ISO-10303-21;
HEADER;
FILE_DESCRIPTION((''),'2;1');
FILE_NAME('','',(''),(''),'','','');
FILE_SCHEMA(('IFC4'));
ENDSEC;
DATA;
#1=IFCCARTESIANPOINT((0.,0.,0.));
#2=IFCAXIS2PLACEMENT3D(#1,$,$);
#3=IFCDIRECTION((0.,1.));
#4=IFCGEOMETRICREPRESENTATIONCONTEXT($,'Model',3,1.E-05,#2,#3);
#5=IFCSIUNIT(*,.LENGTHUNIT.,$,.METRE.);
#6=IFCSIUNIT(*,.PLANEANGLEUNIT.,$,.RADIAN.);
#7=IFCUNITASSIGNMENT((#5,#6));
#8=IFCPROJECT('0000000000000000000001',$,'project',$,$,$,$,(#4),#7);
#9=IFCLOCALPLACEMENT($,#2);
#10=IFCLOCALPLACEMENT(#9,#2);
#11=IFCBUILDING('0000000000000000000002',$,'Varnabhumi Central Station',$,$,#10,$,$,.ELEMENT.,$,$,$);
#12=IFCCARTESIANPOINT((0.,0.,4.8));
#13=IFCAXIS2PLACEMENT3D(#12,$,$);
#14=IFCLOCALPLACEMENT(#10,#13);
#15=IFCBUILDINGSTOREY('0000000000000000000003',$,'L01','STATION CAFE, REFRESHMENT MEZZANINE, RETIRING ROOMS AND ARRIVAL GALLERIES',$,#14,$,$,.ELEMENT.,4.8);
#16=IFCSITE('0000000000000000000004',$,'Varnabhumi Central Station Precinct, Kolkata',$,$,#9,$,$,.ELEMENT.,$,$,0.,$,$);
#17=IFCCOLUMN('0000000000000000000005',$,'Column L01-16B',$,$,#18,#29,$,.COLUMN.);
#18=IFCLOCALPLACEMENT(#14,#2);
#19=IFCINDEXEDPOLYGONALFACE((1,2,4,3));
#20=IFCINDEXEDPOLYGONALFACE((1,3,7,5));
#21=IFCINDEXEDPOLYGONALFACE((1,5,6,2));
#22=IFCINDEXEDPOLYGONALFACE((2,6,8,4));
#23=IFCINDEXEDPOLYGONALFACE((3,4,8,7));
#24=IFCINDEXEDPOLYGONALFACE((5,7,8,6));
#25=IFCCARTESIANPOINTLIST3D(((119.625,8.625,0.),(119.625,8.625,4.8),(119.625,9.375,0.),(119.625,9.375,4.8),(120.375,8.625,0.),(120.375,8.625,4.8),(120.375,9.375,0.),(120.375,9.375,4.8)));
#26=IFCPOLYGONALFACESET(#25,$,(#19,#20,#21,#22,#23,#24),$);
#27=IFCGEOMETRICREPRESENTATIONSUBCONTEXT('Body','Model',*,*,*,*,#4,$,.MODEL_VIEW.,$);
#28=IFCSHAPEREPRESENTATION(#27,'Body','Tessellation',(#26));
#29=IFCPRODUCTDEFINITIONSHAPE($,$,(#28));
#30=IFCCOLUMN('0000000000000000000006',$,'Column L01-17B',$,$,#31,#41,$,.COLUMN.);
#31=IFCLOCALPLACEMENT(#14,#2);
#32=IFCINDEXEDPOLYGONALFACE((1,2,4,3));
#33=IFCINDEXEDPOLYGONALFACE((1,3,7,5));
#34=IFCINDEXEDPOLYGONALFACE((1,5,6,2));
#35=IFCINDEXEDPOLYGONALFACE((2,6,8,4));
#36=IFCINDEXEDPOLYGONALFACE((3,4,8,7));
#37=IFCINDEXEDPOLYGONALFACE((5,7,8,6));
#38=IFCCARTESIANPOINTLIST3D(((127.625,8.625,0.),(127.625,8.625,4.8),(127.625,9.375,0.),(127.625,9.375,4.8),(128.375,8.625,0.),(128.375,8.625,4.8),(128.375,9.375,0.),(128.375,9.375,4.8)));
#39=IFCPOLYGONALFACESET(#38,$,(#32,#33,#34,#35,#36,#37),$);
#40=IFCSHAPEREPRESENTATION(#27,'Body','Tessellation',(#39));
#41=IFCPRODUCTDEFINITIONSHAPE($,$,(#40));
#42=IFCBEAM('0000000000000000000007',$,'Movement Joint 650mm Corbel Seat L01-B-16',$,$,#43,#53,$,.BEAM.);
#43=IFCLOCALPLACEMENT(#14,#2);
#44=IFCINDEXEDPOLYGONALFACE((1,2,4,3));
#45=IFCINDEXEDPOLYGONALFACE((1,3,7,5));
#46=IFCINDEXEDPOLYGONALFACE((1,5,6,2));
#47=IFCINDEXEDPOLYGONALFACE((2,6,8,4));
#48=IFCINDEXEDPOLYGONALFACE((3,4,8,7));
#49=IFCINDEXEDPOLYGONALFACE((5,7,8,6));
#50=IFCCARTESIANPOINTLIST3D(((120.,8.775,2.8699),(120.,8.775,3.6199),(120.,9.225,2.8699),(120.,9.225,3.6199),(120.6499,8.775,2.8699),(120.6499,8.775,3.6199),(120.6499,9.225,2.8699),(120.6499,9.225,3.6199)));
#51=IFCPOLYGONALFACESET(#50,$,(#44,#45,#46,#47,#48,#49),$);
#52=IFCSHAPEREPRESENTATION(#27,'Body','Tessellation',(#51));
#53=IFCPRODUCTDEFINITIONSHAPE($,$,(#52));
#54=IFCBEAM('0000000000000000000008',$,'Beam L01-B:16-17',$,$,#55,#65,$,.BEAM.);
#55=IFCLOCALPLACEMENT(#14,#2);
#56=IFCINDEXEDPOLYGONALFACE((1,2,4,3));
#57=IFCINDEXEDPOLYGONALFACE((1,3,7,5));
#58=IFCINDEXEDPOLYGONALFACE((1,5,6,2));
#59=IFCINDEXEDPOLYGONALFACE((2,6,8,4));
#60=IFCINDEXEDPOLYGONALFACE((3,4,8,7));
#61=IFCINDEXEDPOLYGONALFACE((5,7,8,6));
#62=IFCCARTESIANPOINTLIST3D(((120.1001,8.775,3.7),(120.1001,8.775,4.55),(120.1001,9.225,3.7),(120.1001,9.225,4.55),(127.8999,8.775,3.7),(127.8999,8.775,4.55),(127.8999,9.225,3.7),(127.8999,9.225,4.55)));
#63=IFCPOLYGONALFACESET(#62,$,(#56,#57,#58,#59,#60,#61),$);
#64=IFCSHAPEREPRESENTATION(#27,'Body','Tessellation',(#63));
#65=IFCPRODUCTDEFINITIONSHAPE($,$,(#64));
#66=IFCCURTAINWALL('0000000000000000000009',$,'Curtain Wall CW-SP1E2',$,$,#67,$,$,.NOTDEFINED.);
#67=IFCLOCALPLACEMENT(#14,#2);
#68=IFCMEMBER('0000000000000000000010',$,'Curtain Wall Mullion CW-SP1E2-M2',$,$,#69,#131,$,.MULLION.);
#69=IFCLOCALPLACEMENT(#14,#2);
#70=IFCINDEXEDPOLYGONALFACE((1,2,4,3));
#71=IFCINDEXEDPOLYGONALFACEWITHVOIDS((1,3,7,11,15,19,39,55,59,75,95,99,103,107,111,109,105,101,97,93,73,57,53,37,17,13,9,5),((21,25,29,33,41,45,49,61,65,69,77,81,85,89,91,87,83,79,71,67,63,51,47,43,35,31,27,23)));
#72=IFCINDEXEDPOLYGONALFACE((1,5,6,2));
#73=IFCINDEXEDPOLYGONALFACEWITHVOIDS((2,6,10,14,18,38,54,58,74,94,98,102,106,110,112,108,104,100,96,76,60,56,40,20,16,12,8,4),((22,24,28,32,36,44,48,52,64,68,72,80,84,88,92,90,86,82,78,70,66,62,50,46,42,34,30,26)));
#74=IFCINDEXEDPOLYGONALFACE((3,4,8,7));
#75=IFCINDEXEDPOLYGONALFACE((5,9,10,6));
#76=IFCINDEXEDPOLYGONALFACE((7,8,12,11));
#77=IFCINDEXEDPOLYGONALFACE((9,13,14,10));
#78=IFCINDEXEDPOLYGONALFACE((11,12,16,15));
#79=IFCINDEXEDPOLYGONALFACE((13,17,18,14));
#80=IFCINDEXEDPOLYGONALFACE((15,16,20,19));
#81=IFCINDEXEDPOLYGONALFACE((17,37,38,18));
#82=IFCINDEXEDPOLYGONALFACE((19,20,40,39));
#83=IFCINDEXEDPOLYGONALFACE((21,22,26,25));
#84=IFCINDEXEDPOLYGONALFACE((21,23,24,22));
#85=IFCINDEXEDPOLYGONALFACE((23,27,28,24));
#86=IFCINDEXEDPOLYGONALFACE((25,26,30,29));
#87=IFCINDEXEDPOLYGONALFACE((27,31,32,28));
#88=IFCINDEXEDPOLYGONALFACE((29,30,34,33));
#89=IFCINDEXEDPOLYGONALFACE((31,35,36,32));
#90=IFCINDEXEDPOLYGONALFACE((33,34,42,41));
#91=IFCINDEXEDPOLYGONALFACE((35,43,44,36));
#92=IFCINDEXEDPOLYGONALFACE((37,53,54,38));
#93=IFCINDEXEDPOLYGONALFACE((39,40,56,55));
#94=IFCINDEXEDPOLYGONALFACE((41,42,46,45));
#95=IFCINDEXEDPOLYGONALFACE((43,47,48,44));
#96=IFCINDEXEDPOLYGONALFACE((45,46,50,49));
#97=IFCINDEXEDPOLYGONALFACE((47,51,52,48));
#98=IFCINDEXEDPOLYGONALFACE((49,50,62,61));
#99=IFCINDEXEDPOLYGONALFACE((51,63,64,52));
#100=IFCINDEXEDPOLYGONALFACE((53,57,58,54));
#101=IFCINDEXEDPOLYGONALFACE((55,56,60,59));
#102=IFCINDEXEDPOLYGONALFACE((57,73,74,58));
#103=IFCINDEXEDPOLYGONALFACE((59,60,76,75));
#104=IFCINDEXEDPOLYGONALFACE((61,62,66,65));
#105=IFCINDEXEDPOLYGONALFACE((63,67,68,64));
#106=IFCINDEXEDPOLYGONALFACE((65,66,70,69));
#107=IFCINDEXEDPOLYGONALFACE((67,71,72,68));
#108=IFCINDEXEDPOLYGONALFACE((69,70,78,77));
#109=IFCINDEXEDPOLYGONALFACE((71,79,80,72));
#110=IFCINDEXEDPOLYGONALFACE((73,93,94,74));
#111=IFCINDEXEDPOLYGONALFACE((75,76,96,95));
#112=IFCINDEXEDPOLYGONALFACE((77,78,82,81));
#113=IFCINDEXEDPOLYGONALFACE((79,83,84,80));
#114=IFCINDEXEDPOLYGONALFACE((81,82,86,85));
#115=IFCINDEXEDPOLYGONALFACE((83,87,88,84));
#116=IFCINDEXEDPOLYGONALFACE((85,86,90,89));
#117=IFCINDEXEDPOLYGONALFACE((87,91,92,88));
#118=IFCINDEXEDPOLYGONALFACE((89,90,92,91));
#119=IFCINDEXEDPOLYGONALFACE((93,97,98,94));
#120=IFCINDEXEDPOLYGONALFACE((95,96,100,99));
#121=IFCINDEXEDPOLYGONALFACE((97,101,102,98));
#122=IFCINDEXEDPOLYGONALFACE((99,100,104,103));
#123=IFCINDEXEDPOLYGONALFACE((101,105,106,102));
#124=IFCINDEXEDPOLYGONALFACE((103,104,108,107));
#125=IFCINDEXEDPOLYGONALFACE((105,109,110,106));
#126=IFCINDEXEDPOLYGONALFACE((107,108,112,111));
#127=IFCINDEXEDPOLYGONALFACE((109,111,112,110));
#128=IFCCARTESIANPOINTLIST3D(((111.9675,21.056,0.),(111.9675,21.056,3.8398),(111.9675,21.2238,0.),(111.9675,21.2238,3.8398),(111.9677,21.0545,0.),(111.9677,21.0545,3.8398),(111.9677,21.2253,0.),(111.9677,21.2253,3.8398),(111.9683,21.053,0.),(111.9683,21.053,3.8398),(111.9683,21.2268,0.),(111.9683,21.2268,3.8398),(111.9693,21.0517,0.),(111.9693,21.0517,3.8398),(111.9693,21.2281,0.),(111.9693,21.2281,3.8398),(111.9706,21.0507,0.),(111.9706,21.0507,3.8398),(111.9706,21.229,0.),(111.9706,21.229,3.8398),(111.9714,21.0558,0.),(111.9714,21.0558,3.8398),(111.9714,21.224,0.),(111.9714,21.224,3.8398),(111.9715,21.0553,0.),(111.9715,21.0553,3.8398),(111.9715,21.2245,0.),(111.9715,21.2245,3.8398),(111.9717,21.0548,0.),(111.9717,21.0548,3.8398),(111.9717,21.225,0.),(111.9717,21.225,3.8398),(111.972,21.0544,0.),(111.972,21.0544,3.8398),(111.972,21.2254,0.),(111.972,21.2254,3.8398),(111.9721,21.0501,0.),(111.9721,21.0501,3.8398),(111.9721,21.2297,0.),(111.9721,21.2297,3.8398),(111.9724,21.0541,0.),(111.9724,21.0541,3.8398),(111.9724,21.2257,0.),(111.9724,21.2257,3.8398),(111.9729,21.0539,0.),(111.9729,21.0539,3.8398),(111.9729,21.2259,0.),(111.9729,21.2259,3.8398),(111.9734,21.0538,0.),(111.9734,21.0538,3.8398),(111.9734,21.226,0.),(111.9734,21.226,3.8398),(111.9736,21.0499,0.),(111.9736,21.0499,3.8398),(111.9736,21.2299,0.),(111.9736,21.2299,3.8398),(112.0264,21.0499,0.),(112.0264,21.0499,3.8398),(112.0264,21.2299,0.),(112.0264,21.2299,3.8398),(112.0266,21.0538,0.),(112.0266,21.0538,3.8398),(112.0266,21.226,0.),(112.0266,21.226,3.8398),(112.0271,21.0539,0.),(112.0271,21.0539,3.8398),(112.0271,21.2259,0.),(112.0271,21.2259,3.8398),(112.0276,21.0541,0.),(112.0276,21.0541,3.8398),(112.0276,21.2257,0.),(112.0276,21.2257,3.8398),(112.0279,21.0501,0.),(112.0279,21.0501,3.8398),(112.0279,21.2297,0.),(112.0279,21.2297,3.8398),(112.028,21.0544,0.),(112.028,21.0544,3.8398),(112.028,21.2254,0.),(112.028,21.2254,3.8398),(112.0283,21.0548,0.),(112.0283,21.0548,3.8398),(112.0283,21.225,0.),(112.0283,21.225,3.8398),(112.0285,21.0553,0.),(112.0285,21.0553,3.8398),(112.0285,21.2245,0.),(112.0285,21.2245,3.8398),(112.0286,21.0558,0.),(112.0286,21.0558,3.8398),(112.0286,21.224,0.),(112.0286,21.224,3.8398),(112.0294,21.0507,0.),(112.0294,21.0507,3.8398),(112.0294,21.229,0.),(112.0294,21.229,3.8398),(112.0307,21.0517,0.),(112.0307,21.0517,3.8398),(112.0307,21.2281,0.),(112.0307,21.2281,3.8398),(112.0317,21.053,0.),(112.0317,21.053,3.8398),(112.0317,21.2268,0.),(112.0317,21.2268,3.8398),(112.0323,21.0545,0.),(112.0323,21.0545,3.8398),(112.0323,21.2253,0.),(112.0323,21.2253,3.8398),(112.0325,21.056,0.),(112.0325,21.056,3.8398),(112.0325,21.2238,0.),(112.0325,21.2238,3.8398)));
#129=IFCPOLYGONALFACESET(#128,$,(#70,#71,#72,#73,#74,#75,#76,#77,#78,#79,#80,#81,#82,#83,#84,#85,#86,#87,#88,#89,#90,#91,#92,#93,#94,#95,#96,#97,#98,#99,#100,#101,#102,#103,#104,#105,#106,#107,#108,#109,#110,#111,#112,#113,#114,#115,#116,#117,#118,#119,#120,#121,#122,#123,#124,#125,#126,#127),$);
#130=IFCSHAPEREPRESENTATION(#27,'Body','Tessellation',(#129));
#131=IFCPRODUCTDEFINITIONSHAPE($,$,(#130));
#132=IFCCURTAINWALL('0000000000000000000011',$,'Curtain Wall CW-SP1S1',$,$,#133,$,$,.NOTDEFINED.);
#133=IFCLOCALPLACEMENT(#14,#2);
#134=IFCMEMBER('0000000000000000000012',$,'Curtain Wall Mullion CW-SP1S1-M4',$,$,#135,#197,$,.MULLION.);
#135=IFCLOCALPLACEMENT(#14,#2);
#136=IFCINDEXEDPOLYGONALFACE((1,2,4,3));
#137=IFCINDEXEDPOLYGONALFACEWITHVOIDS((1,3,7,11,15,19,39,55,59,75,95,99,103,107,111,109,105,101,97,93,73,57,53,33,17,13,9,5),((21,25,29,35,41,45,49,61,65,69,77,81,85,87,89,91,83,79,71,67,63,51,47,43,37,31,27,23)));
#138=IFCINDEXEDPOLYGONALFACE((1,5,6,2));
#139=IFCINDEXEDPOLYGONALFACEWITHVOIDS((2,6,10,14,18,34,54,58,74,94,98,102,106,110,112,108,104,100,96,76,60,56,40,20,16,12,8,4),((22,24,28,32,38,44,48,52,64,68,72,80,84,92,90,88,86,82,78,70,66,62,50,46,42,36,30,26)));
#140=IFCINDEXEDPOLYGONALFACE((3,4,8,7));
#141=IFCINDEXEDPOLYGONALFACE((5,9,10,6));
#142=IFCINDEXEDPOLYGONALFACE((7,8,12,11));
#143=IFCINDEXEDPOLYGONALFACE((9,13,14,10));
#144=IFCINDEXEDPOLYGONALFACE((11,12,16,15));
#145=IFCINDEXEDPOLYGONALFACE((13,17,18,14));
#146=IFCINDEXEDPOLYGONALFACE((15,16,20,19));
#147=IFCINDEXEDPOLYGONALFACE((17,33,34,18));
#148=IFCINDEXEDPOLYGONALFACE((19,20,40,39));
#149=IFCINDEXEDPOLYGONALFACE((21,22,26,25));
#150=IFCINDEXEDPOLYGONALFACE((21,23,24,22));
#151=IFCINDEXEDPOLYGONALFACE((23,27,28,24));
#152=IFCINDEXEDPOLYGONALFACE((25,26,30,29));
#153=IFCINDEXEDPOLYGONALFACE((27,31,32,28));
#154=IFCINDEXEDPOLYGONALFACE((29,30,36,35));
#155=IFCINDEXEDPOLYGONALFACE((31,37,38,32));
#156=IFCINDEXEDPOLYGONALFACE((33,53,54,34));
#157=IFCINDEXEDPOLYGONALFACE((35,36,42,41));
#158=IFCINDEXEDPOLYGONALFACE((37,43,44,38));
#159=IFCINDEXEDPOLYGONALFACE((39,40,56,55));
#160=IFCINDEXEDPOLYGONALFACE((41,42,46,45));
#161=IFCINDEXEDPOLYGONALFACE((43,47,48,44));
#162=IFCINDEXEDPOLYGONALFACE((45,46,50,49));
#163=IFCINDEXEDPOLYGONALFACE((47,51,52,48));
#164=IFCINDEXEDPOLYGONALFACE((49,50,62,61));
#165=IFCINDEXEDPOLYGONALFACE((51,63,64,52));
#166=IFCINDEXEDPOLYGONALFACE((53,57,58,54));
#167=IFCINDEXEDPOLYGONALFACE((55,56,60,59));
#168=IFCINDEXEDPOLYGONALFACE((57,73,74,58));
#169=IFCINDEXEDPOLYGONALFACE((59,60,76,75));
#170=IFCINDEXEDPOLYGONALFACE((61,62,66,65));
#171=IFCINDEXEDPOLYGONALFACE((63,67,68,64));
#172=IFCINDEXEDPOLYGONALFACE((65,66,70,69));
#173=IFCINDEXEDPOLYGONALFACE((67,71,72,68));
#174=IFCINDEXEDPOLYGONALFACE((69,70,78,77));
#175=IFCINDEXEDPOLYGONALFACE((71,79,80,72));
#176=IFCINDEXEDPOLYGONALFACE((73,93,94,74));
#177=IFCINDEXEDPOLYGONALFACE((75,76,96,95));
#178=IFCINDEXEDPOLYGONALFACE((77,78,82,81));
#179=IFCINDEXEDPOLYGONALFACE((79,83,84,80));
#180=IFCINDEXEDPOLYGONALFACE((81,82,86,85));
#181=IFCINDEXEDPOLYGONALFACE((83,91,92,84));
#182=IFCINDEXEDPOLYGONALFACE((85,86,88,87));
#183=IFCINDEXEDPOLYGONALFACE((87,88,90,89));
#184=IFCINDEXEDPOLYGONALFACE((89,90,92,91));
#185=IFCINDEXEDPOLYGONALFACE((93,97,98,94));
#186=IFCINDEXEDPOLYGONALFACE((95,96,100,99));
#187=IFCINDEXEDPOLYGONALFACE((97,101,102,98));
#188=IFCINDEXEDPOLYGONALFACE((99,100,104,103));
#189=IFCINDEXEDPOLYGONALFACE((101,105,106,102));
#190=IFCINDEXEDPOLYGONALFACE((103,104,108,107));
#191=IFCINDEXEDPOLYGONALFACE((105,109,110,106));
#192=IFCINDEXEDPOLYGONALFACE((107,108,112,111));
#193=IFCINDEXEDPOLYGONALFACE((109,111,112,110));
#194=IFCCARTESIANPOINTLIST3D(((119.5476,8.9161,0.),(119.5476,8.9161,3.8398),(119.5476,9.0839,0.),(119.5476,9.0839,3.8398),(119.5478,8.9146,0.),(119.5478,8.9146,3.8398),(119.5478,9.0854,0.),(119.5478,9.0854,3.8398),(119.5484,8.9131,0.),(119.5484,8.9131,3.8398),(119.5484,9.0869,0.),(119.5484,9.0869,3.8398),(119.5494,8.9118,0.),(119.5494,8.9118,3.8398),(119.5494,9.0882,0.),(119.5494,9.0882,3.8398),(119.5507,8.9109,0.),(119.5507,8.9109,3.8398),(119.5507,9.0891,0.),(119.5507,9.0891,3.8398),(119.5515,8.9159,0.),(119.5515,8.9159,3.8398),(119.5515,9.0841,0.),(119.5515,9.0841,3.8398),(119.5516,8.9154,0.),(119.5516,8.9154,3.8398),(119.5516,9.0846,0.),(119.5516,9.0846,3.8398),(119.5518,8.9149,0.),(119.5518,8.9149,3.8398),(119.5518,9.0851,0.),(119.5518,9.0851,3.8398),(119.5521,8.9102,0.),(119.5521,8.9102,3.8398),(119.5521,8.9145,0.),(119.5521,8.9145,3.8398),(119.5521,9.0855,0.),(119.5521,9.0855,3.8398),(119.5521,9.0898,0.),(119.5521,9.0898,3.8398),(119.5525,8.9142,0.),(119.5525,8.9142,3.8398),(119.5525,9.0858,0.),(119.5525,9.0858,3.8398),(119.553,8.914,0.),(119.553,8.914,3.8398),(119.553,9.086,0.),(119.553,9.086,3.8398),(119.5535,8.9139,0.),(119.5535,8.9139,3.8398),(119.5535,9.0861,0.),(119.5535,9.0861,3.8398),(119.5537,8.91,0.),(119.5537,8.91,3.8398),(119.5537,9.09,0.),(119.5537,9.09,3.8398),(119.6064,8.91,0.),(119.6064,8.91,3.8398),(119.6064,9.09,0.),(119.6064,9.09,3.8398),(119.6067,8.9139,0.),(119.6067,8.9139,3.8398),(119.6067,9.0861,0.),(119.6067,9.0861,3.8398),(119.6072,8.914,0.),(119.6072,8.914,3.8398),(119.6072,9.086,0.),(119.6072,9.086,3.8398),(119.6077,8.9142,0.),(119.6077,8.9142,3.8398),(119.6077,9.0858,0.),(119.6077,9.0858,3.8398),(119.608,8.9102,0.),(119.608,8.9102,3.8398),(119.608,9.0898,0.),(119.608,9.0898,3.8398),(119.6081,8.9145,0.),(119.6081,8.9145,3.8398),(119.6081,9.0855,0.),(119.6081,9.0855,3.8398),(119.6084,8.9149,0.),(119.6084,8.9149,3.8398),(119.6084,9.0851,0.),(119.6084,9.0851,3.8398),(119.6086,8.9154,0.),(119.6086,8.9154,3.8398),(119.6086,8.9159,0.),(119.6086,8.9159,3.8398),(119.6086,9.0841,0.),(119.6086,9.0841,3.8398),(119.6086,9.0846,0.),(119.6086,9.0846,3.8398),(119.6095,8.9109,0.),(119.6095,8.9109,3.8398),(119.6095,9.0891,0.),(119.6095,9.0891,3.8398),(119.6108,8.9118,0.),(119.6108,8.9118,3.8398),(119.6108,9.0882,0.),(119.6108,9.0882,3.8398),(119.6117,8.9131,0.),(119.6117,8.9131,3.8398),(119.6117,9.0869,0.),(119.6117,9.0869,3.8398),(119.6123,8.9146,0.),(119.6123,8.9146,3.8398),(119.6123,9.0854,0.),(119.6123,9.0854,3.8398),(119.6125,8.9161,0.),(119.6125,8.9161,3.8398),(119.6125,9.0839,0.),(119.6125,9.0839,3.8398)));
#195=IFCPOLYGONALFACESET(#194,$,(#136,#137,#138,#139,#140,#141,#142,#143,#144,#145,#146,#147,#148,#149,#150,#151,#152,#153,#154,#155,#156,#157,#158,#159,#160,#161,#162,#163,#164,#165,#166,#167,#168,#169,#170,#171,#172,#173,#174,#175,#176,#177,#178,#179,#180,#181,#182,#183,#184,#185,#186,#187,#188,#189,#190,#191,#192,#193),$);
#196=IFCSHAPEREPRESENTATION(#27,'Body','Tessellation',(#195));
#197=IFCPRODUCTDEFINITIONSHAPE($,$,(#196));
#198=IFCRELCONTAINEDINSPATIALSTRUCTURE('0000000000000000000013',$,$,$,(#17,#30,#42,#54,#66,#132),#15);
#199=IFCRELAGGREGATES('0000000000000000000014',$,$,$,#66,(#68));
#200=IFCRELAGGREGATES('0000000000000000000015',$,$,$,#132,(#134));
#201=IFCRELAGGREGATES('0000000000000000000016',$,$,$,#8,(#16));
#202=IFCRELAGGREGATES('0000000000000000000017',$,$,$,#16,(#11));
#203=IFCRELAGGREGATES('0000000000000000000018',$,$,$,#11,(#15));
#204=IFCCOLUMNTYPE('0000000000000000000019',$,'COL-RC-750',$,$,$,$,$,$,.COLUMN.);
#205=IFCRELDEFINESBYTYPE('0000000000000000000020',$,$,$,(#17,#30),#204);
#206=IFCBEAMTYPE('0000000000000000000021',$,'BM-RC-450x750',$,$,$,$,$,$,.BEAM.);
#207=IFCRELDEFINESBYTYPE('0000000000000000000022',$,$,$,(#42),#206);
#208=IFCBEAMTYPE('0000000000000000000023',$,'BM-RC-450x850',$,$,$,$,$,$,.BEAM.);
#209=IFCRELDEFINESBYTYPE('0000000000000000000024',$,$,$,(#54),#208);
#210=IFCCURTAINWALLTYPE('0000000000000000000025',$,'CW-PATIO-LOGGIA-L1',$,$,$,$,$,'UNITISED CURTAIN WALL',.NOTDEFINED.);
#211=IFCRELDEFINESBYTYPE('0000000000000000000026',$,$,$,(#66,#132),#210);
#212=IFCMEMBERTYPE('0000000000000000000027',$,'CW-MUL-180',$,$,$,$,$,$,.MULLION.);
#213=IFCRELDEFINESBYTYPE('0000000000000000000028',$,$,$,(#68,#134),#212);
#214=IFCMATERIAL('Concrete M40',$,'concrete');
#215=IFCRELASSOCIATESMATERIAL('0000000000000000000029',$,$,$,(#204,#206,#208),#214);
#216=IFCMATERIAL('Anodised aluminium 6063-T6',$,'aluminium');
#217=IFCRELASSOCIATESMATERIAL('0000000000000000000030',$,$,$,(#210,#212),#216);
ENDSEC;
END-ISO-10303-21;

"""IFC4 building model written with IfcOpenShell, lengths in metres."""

from ifc_helpers import new_model, si_unit, direction, frame, origin, origin_2d, place, context, subcontext, project, spatial, rectangle, hollow_rectangle, extrude, material, material_profile, profile_set, type_object, element, aggregate, save


model = new_model("IFC4")

# Units and contexts
model_context = context("Model", 3, precision=1e-05, world=origin(), true_north=direction((0.0, 1.0)))
body_context = subcontext(model_context, "Body", "Model", "MODEL_VIEW")
ifc_project = project(units=[si_unit("LENGTHUNIT", "METRE"), si_unit("PLANEANGLEUNIT", "RADIAN")], contexts=[model_context])

# Site, building, storey
site_placement = place(None, origin())
site = spatial("IfcSite", under=ifc_project, at=site_placement, Name="Varnabhumi Central Station Precinct, Kolkata", CompositionType="ELEMENT", RefElevation=0.0)
building_placement = place(site_placement, origin())
building = spatial("IfcBuilding", under=site, at=building_placement, Name="Varnabhumi Central Station", CompositionType="ELEMENT")
storey_placement = place(building_placement, frame((0.0, 0.0, 4.8)))
storey = spatial("IfcBuildingStorey", under=building, at=storey_placement, Name="L01", Description="STATION CAFE, REFRESHMENT MEZZANINE, RETIRING ROOMS AND ARRIVAL GALLERIES", CompositionType="ELEMENT", Elevation=4.8)

# Columns
ifc_material_1 = material(Name="Concrete M40", Category="concrete")
ifc_material_profile_1 = material_profile(ifc_material_1, rectangle(XDim=0.75, YDim=0.75, at=origin_2d()), Name="Concrete M40", Category="concrete")
ifc_profile_set_1 = profile_set([ifc_material_profile_1], Name="Concrete M40")
column_type = type_object("IfcColumnType", Name="COL-RC-750", PredefinedType="COLUMN", material=ifc_profile_set_1)
for number, where, z_axis, x_axis, name in (
    (1, (120.0, 9.0, 0.0), (0.0, 0.0, 1.0), (1.0, 0.0, 0.0), "Column L01-16B"),
    (2, (128.0, 9.0, 0.0), (0.0, 0.0, 1.0), (1.0, 0.0, 0.0), "Column L01-17B"),
):
    element("IfcColumn", number, at=place(storey_placement, frame(where, z_axis=z_axis, x_axis=x_axis)), inside=storey, type_object=column_type, Name=name, PredefinedType="COLUMN", context=body_context, shape_type="SweptSolid", body=[
        extrude(rectangle(XDim=0.75, YDim=0.75, at=origin_2d()), origin(), (0.0, 0.0, 1.0), 4.8),
    ])

# Beams
ifc_material_profile_2 = material_profile(ifc_material_1, rectangle(XDim=0.45, YDim=0.75, at=origin_2d()), Name="Concrete M40", Category="concrete")
ifc_profile_set_2 = profile_set([ifc_material_profile_2], Name="Concrete M40")
beam_type_1 = type_object("IfcBeamType", Name="BM-RC-450x750", PredefinedType="BEAM", material=ifc_profile_set_2)
beam_1_placement = place(storey_placement, frame((120.0, 9.0, 3.2449), z_axis=(1.0, 0.0, 0.0), x_axis=(0.0, 1.0, 0.0)))
element("IfcBeam", 3, at=beam_1_placement, inside=storey, type_object=beam_type_1, Name="Movement Joint 650mm Corbel Seat L01-B-16", PredefinedType="BEAM", context=body_context, shape_type="SweptSolid", body=[
    extrude(rectangle(XDim=0.45, YDim=0.75, at=origin_2d()), origin(), (0.0, 0.0, 1.0), 0.6499),
])
ifc_material_profile_3 = material_profile(ifc_material_1, rectangle(XDim=0.45, YDim=0.8501, at=origin_2d()), Name="Concrete M40", Category="concrete")
ifc_profile_set_3 = profile_set([ifc_material_profile_3], Name="Concrete M40")
beam_type_2 = type_object("IfcBeamType", Name="BM-RC-450x850", PredefinedType="BEAM", material=ifc_profile_set_3)
beam_2_placement = place(storey_placement, frame((120.1001, 9.0, 4.125), z_axis=(1.0, 0.0, 0.0), x_axis=(0.0, 1.0, 0.0)))
element("IfcBeam", 4, at=beam_2_placement, inside=storey, type_object=beam_type_2, Name="Beam L01-B:16-17", PredefinedType="BEAM", context=body_context, shape_type="SweptSolid", body=[
    extrude(rectangle(XDim=0.45, YDim=0.8501, at=origin_2d()), origin(), (0.0, 0.0, 1.0), 7.7998),
])

# Curtain walls, members
ifc_material_2 = material(Name="Anodised aluminium 6063-T6", Category="aluminium")
curtain_wall_type = type_object("IfcCurtainWallType", Name="CW-PATIO-LOGGIA-L1", ElementType="UNITISED CURTAIN WALL", PredefinedType="NOTDEFINED", material=ifc_material_2)
curtain_wall_1_placement = place(storey_placement, origin())
curtain_wall_1 = element("IfcCurtainWall", 5, at=curtain_wall_1_placement, inside=storey, type_object=curtain_wall_type, Name="Curtain Wall CW-SP1E2", PredefinedType="NOTDEFINED")
ifc_material_profile_4 = material_profile(ifc_material_2, hollow_rectangle(XDim=0.0649, YDim=0.1799, WallThickness=0.0039, InnerFilletRadius=0.002, OuterFilletRadius=0.0061, at=origin_2d()), Name="Anodised aluminium 6063-T6", Category="aluminium")
ifc_profile_set_4 = profile_set([ifc_material_profile_4], Name="Anodised aluminium 6063-T6")
member_type_1 = type_object("IfcMemberType", Name="CW-MUL-180", PredefinedType="MULLION", material=ifc_profile_set_4)
member_1_placement = place(storey_placement, frame((112.0, 21.1399, 0.0), z_axis=(0.0, 0.0, 1.0), x_axis=(1.0, 0.0, 0.0)))
member_1 = element("IfcMember", 6, at=member_1_placement, type_object=member_type_1, Name="Curtain Wall Mullion CW-SP1E2-M2", PredefinedType="MULLION", context=body_context, shape_type="SweptSolid", body=[
    extrude(hollow_rectangle(XDim=0.0649, YDim=0.1799, WallThickness=0.0039, InnerFilletRadius=0.002, OuterFilletRadius=0.0061, at=origin_2d()), origin(), (0.0, 0.0, 1.0), 3.8398),
])
curtain_wall_2_placement = place(storey_placement, origin())
curtain_wall_2 = element("IfcCurtainWall", 7, at=curtain_wall_2_placement, inside=storey, type_object=curtain_wall_type, Name="Curtain Wall CW-SP1S1", PredefinedType="NOTDEFINED")
member_2_placement = place(storey_placement, frame((119.5801, 9.0, 0.0), z_axis=(0.0, 0.0, 1.0), x_axis=(1.0, 0.0, 0.0)))
member_2 = element("IfcMember", 8, at=member_2_placement, type_object=member_type_1, Name="Curtain Wall Mullion CW-SP1S1-M4", PredefinedType="MULLION", context=body_context, shape_type="SweptSolid", body=[
    extrude(hollow_rectangle(XDim=0.0649, YDim=0.1799, WallThickness=0.0039, InnerFilletRadius=0.002, OuterFilletRadius=0.0061, at=origin_2d()), origin(), (0.0, 0.0, 1.0), 3.8398),
])

aggregate(curtain_wall_1, [member_1])
aggregate(curtain_wall_2, [member_2])

save(model, "model.ifc")
